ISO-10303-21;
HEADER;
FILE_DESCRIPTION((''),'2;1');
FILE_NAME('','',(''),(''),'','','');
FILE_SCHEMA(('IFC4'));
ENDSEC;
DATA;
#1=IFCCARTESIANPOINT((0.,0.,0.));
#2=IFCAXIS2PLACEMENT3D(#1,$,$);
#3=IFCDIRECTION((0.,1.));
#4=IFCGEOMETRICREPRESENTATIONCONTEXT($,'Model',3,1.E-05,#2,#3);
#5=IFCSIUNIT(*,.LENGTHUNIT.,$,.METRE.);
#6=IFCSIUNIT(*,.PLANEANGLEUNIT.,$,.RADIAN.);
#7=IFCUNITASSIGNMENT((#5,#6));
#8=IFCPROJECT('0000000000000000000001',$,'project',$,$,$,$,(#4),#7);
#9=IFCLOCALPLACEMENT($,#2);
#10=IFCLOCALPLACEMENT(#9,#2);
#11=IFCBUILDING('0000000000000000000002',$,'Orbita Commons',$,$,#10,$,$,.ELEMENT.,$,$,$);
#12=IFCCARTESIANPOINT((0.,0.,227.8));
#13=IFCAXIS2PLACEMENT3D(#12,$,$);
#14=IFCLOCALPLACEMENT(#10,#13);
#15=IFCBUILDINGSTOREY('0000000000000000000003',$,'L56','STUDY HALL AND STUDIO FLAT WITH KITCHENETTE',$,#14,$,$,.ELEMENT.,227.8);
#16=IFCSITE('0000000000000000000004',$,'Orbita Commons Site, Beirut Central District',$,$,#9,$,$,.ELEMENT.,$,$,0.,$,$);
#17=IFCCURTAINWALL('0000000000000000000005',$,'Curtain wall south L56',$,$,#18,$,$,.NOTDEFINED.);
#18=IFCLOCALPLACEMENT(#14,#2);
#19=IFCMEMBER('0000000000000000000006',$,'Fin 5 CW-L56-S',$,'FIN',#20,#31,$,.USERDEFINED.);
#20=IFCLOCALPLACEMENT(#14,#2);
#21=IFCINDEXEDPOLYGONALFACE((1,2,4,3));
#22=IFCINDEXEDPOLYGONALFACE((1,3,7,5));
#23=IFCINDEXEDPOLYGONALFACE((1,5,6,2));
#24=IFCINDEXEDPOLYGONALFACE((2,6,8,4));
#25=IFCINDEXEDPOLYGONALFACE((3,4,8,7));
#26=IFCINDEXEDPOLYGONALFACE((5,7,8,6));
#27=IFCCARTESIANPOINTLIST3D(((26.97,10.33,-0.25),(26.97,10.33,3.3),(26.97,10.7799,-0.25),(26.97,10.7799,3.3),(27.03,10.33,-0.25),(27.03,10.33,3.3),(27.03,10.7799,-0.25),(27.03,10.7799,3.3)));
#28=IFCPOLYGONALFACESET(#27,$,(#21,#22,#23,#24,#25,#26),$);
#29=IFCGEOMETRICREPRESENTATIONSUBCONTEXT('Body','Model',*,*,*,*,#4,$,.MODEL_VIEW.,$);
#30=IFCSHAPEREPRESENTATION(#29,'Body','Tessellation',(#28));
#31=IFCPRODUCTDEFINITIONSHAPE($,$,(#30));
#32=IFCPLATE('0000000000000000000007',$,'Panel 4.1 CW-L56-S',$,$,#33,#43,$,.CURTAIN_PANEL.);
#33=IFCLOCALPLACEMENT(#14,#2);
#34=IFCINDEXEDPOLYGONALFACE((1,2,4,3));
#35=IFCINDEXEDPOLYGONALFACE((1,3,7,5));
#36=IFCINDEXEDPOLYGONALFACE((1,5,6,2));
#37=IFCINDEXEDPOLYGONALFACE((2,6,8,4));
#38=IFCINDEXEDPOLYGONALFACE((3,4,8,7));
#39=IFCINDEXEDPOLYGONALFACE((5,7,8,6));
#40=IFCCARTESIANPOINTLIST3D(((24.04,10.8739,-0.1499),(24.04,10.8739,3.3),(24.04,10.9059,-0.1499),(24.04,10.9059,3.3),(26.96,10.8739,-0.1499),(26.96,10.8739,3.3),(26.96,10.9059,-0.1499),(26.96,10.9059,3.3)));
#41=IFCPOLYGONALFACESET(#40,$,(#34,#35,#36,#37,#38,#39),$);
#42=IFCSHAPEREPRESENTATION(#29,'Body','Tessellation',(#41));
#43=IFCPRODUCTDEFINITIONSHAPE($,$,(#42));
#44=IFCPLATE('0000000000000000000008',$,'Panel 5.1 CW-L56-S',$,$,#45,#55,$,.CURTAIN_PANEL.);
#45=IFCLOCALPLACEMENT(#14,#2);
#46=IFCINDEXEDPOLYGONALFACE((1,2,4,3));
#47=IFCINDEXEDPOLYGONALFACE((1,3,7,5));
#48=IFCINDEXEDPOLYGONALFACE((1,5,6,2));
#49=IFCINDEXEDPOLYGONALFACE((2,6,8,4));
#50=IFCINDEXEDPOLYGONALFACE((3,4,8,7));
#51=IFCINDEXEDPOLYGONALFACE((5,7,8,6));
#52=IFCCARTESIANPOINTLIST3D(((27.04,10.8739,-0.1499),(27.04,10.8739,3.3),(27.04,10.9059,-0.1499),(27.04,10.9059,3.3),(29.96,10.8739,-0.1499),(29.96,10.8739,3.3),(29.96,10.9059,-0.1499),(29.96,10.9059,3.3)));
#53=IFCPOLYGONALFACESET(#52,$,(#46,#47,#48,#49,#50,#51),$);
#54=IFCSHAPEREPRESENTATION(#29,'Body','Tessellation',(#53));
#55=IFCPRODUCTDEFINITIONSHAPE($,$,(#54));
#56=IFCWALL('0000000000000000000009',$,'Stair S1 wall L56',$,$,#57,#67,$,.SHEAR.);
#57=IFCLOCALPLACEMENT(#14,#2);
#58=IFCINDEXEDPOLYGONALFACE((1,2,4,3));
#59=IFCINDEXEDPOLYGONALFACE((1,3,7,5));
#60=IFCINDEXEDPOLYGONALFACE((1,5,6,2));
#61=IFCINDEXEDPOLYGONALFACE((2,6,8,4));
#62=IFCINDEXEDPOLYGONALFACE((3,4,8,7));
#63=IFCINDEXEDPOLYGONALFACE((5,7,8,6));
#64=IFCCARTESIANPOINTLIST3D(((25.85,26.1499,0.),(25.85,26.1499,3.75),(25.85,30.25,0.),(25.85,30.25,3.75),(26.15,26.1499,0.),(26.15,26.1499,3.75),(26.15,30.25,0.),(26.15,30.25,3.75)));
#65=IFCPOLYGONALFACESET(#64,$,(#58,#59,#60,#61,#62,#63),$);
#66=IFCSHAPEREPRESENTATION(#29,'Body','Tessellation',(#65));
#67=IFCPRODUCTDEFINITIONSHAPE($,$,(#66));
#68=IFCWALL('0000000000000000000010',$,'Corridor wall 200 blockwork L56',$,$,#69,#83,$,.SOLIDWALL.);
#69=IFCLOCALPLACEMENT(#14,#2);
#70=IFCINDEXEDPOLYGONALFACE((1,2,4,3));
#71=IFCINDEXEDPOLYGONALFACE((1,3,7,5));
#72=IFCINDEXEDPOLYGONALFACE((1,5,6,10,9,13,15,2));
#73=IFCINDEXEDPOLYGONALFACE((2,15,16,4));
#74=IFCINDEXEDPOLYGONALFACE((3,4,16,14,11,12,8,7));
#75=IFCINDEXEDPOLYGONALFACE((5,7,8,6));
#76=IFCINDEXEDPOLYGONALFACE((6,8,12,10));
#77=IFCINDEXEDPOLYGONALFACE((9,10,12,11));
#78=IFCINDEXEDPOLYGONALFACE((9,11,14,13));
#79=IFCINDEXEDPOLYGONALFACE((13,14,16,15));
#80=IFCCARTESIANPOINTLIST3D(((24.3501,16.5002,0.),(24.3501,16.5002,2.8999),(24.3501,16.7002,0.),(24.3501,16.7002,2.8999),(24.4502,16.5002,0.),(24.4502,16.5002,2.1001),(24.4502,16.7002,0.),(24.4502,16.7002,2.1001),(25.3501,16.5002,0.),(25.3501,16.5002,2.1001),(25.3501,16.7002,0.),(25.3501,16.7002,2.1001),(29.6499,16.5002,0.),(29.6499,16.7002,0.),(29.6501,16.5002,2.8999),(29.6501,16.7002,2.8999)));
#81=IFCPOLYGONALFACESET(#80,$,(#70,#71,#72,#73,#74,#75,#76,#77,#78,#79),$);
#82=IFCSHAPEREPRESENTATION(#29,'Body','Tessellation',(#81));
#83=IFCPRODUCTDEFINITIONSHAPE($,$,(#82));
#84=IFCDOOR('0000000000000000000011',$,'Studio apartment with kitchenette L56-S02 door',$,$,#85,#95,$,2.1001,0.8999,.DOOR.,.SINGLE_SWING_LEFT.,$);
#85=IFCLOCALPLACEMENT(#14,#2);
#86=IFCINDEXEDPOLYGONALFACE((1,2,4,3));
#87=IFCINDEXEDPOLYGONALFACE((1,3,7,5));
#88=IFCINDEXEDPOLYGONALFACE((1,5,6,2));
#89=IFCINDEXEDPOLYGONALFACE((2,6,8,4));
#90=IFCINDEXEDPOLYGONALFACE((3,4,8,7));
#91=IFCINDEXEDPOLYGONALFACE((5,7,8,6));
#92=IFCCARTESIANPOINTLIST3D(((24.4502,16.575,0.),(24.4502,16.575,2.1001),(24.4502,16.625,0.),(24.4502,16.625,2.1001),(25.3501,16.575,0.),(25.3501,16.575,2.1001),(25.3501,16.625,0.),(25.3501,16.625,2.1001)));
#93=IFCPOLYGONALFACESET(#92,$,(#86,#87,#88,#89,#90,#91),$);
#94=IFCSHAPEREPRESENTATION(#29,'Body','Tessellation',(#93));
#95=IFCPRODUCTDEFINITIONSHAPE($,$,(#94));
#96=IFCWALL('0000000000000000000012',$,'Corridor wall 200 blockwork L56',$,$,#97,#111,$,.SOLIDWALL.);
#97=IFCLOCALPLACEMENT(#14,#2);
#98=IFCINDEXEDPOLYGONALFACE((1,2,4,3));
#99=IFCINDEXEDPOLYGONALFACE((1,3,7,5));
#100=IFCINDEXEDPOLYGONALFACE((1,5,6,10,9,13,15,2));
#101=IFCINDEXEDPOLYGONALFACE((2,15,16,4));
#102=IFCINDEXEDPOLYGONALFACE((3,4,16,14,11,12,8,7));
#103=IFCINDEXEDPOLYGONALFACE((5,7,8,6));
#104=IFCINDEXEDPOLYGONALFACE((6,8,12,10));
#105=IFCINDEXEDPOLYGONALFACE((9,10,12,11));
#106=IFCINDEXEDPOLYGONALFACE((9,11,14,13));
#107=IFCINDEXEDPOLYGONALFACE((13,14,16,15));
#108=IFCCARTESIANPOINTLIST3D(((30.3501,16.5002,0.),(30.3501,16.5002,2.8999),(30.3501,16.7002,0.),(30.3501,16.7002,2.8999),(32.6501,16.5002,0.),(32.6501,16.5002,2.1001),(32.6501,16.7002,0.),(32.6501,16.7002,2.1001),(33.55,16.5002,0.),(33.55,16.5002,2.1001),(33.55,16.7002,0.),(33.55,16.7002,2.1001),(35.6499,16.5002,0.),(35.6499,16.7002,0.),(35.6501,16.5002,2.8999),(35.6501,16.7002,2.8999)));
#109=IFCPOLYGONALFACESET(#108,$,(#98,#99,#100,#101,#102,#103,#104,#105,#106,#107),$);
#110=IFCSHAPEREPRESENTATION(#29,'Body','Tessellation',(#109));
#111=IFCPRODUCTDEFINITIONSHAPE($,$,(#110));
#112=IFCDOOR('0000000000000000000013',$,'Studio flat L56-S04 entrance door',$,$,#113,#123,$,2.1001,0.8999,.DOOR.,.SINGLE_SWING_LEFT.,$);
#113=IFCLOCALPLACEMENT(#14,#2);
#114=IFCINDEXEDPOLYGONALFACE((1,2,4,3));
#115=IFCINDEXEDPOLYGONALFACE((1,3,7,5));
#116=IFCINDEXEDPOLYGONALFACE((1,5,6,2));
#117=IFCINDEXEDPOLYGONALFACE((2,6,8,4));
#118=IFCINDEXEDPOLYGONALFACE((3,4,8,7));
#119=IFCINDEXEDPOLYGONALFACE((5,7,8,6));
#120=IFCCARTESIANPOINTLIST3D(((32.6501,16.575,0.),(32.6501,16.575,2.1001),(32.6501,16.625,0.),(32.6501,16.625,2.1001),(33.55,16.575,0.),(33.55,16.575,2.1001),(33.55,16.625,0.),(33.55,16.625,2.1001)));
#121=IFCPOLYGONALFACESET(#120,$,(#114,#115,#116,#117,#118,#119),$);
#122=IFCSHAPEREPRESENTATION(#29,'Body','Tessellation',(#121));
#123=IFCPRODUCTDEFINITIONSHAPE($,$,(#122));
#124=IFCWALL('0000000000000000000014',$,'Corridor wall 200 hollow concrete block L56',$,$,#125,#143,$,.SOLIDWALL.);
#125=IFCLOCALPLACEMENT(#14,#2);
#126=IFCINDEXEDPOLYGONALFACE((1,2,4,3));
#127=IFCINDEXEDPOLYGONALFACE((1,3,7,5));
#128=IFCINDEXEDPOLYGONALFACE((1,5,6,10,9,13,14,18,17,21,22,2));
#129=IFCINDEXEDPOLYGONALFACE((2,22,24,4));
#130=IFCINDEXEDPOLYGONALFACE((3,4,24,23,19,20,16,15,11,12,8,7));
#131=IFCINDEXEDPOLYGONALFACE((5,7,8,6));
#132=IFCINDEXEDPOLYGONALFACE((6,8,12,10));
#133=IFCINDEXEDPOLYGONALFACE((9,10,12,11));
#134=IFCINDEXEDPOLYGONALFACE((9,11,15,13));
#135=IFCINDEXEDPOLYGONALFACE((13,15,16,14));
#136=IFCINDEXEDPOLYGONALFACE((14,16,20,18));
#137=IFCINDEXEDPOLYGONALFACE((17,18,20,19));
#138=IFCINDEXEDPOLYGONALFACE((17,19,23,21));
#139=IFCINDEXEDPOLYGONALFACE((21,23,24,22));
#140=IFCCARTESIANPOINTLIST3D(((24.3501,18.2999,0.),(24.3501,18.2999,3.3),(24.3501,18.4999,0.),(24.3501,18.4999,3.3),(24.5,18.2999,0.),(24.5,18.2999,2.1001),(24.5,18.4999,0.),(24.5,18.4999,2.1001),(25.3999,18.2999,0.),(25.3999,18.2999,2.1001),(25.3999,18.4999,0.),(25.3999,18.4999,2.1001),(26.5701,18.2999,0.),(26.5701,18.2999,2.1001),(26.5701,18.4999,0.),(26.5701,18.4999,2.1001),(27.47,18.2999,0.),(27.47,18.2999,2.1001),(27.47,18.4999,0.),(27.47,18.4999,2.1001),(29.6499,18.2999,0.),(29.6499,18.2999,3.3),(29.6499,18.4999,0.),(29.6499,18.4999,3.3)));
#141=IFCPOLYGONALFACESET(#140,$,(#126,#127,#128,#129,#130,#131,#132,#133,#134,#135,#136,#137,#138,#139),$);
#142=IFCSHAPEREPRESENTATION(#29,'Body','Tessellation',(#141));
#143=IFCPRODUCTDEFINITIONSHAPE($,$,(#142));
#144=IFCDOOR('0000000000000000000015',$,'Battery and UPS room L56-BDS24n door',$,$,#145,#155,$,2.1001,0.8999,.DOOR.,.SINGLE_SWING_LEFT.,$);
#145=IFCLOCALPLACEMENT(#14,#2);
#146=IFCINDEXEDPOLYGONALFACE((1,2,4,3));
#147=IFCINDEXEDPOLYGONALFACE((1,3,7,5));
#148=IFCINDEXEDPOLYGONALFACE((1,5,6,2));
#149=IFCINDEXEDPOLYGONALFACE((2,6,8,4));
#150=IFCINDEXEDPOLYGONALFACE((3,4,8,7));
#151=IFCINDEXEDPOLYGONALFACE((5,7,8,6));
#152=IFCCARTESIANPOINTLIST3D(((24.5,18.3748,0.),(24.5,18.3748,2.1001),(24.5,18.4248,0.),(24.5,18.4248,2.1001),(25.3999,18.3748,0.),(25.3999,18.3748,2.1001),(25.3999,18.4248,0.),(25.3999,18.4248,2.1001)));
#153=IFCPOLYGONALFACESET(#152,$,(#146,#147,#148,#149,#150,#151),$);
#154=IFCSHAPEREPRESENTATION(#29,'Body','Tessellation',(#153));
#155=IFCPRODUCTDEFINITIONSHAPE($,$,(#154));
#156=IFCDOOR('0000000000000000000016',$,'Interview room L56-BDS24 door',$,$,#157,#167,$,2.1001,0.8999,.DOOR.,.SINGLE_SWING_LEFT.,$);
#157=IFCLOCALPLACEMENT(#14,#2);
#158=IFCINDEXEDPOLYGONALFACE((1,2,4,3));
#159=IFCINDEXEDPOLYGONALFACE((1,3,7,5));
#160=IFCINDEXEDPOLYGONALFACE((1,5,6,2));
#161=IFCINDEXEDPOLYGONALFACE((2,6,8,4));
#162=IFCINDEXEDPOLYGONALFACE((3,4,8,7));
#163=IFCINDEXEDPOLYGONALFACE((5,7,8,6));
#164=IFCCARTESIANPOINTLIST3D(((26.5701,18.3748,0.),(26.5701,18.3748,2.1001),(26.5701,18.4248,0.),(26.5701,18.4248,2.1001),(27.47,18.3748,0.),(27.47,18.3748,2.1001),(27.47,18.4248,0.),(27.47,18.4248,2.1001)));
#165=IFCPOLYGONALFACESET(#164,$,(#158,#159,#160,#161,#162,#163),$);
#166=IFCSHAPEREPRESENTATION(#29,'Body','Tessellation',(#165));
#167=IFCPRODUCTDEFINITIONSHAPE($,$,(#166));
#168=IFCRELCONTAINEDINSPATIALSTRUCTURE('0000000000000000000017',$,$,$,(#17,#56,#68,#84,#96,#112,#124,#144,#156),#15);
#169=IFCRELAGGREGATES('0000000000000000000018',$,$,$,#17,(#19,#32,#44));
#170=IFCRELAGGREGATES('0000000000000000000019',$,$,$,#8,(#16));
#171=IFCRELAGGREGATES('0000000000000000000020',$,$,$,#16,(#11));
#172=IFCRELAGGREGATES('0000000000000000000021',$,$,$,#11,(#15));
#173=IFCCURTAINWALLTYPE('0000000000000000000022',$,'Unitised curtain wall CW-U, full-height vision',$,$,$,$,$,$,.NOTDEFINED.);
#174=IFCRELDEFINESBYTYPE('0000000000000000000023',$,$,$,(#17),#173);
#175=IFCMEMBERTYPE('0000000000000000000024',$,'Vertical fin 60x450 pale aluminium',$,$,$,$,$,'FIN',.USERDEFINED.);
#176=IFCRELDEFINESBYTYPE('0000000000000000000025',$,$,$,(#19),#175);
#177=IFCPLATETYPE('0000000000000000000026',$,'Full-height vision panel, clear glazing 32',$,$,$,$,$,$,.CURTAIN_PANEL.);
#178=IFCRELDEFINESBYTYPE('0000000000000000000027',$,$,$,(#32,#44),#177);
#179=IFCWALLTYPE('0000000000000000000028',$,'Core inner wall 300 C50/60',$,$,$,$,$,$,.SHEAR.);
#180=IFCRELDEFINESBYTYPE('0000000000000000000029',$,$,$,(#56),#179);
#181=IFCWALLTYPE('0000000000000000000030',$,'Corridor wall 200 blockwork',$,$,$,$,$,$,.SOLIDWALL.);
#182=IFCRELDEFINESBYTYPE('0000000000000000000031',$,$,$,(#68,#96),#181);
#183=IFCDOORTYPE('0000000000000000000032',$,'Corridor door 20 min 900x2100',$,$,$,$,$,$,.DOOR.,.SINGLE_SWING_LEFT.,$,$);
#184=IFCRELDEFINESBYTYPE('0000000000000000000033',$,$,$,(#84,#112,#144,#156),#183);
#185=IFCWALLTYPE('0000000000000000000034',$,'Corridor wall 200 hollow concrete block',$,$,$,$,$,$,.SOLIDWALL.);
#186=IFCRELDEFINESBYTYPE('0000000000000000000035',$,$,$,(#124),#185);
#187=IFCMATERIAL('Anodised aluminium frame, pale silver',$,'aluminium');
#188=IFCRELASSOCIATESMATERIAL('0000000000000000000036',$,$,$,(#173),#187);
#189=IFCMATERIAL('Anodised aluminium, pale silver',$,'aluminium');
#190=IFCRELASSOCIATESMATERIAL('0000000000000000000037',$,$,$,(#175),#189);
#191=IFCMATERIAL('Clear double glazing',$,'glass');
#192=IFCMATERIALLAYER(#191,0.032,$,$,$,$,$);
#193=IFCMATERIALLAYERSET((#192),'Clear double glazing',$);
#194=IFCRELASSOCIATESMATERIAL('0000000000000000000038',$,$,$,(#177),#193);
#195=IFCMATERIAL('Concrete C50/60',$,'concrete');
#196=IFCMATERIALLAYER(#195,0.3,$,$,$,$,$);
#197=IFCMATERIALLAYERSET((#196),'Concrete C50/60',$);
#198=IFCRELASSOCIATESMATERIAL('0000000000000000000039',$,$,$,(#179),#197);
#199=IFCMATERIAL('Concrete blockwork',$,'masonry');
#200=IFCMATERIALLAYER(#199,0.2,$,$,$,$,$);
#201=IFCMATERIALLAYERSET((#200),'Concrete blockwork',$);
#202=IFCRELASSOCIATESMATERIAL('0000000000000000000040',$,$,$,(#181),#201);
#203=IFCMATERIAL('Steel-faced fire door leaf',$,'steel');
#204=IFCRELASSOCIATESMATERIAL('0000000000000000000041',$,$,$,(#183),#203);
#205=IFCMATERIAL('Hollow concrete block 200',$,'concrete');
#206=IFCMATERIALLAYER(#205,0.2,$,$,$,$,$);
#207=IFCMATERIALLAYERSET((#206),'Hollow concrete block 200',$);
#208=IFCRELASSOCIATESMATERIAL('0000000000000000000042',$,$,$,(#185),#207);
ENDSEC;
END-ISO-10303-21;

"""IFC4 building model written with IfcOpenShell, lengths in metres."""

from ifc_helpers import new_model, si_unit, direction, frame, frame_2d, origin, origin_2d, place, context, subcontext, project, spatial, polyline, rectangle, outline, extrude, material, layer, layer_set, material_profile, profile_set, type_object, element, fill, aggregate, save


model = new_model("IFC4")

# Units and contexts
model_context = context("Model", 3, precision=1e-05, world=origin(), true_north=direction((0.0, 1.0)))
body_context = subcontext(model_context, "Body", "Model", "MODEL_VIEW")
ifc_project = project(units=[si_unit("LENGTHUNIT", "METRE"), si_unit("PLANEANGLEUNIT", "RADIAN")], contexts=[model_context])

# Site, building, storey
site_placement = place(None, origin())
site = spatial("IfcSite", under=ifc_project, at=site_placement, Name="Orbita Commons Site, Beirut Central District", CompositionType="ELEMENT", RefElevation=0.0)
building_placement = place(site_placement, origin())
building = spatial("IfcBuilding", under=site, at=building_placement, Name="Orbita Commons", CompositionType="ELEMENT")
storey_placement = place(building_placement, frame((0.0, 0.0, 227.8)))
storey = spatial("IfcBuildingStorey", under=building, at=storey_placement, Name="L56", Description="STUDY HALL AND STUDIO FLAT WITH KITCHENETTE", CompositionType="ELEMENT", Elevation=227.8)

# Curtain wall
ifc_material_1 = material(Name="Anodised aluminium frame, pale silver", Category="aluminium")
curtain_wall_type = type_object("IfcCurtainWallType", Name="Unitised curtain wall CW-U, full-height vision", PredefinedType="NOTDEFINED", material=ifc_material_1)
curtain_wall_placement = place(storey_placement, origin())
curtain_wall = element("IfcCurtainWall", 1, at=curtain_wall_placement, inside=storey, type_object=curtain_wall_type, Name="Curtain wall south L56", PredefinedType="NOTDEFINED")

# Member
ifc_material_2 = material(Name="Anodised aluminium, pale silver", Category="aluminium")
ifc_material_profile_1 = material_profile(ifc_material_2, rectangle(XDim=0.0601, YDim=0.45, at=origin_2d()), Name="FIN 60x450")
ifc_profile_set_1 = profile_set([ifc_material_profile_1], Name="Anodised aluminium, pale silver")
member_type_1 = type_object("IfcMemberType", Name="Vertical fin 60x450 pale aluminium", ElementType="FIN", PredefinedType="USERDEFINED", material=ifc_profile_set_1)
member_1_placement = place(storey_placement, frame((27.0, 10.5549, -0.25), z_axis=(0.0, 0.0, 1.0), x_axis=(1.0, 0.0, 0.0)))
member_1 = element("IfcMember", 2, at=member_1_placement, type_object=member_type_1, Name="Fin 5 CW-L56-S", ObjectType="FIN", PredefinedType="USERDEFINED", context=body_context, shape_type="SweptSolid", body=[
    extrude(rectangle(XDim=0.0601, YDim=0.45, at=origin_2d()), origin(), (0.0, 0.0, 1.0), 3.55),
])

# Plates
ifc_material_3 = material(Name="Clear double glazing", Category="glass")
ifc_layer_1 = layer(ifc_material_3, 0.032)
ifc_layer_set_1 = layer_set([ifc_layer_1], Name="Clear double glazing")
plate_type = type_object("IfcPlateType", Name="Full-height vision panel, clear glazing 32", PredefinedType="CURTAIN_PANEL", material=ifc_layer_set_1)
plate_1_placement = place(storey_placement, frame((25.5, 10.8899, -0.1499), z_axis=(0.0, 0.0, 1.0), x_axis=(1.0, 0.0, 0.0)))
plate_1 = element("IfcPlate", 3, at=plate_1_placement, type_object=plate_type, Name="Panel 4.1 CW-L56-S", PredefinedType="CURTAIN_PANEL", context=body_context, shape_type="SweptSolid", body=[
    extrude(rectangle(XDim=2.9199, YDim=0.032, at=origin_2d()), origin(), (0.0, 0.0, 1.0), 3.45),
])
plate_2_placement = place(storey_placement, frame((28.5, 10.8899, -0.1499), z_axis=(0.0, 0.0, 1.0), x_axis=(1.0, 0.0, 0.0)))
plate_2 = element("IfcPlate", 4, at=plate_2_placement, type_object=plate_type, Name="Panel 5.1 CW-L56-S", PredefinedType="CURTAIN_PANEL", context=body_context, shape_type="SweptSolid", body=[
    extrude(rectangle(XDim=2.9199, YDim=0.032, at=origin_2d()), origin(), (0.0, 0.0, 1.0), 3.45),
])
aggregate(curtain_wall, [member_1, plate_1, plate_2])

# Wall
ifc_material_4 = material(Name="Concrete C50/60", Category="concrete")
ifc_layer_2 = layer(ifc_material_4, 0.3)
ifc_layer_set_2 = layer_set([ifc_layer_2], Name="Concrete C50/60")
wall_type_1 = type_object("IfcWallType", Name="Core inner wall 300 C50/60", PredefinedType="SHEAR", material=ifc_layer_set_2)
wall_1_placement = place(storey_placement, frame((26.0, 26.1499, 0.0), z_axis=(0.0, 0.0, 1.0), x_axis=(0.0, 1.0, 0.0)))
element("IfcWall", 5, at=wall_1_placement, inside=storey, type_object=wall_type_1, Name="Stair S1 wall L56", PredefinedType="SHEAR", context=body_context, shape_type="SweptSolid", body=[
    extrude(rectangle(XDim=4.1001, YDim=0.3, at=frame_2d((2.05, 0.0))), origin(), (0.0, 0.0, 1.0), 3.75),
])

# Walls, openings, doors
ifc_material_5 = material(Name="Concrete blockwork", Category="masonry")
ifc_layer_3 = layer(ifc_material_5, 0.2)
ifc_layer_set_3 = layer_set([ifc_layer_3], Name="Concrete blockwork")
wall_type_2 = type_object("IfcWallType", Name="Corridor wall 200 blockwork", PredefinedType="SOLIDWALL", material=ifc_layer_set_3)
wall_2_placement = place(storey_placement, frame((24.3501, 16.6001, 0.0), z_axis=(0.0, 0.0, 1.0), x_axis=(1.0, 0.0, 0.0)))
wall_2 = element("IfcWall", 6, at=wall_2_placement, inside=storey, type_object=wall_type_2, Name="Corridor wall 200 blockwork L56", PredefinedType="SOLIDWALL", context=body_context, shape_type="SweptSolid", body=[
    extrude(outline(polyline([(0.0, 0.0), (5.2998, 0.0), (5.3, 2.8999), (0.0, 2.8999), (0.0, 0.0)])), frame((0.0, 0.1001, 0.0), z_axis=(0.0, -1.0, 0.0), x_axis=(1.0, 0.0, 0.0)), (0.0, 0.0, 1.0), 0.2),
])
opening_1_placement = place(wall_2_placement, frame((0.1001, 0.0, 0.0)))
opening_1 = element("IfcOpeningElement", 7, at=opening_1_placement, cuts=wall_2, PredefinedType="OPENING", context=body_context, shape_type="SweptSolid", body=[
    extrude(rectangle(XDim=0.8999, YDim=2.1001, at=frame_2d((0.45, 1.05))), frame((0.0, 0.1099, 0.0), z_axis=(0.0, -1.0, 0.0), x_axis=(1.0, 0.0, 0.0)), (0.0, 0.0, 1.0), 0.22),
])
ifc_material_6 = material(Name="Steel-faced fire door leaf", Category="steel")
door_type_1 = type_object("IfcDoorType", Name="Corridor door 20 min 900x2100", OperationType="SINGLE_SWING_LEFT", PredefinedType="DOOR", material=ifc_material_6)
door_1_placement = place(opening_1_placement, origin())
door_1 = element("IfcDoor", 8, at=door_1_placement, inside=storey, type_object=door_type_1, Name="Studio apartment with kitchenette L56-S02 door", OperationType="SINGLE_SWING_LEFT", OverallHeight=2.1001, OverallWidth=0.8999, PredefinedType="DOOR", context=body_context, shape_type="SweptSolid", body=[
    extrude(rectangle(XDim=0.8999, YDim=2.1001, at=frame_2d((0.45, 1.05))), frame((0.0, 0.0249, 0.0), z_axis=(0.0, -1.0, 0.0), x_axis=(1.0, 0.0, 0.0)), (0.0, 0.0, 1.0), 0.05),
])
fill(opening_1, door_1)
wall_3_placement = place(storey_placement, frame((30.3501, 16.6001, 0.0), z_axis=(0.0, 0.0, 1.0), x_axis=(1.0, 0.0, 0.0)))
wall_3 = element("IfcWall", 9, at=wall_3_placement, inside=storey, type_object=wall_type_2, Name="Corridor wall 200 blockwork L56", PredefinedType="SOLIDWALL", context=body_context, shape_type="SweptSolid", body=[
    extrude(outline(polyline([(0.0, 0.0), (5.2998, 0.0), (5.3, 2.8999), (0.0, 2.8999), (0.0, 0.0)])), frame((0.0, 0.1001, 0.0), z_axis=(0.0, -1.0, 0.0), x_axis=(1.0, 0.0, 0.0)), (0.0, 0.0, 1.0), 0.2),
])
opening_2_placement = place(wall_3_placement, frame((2.3, 0.0, 0.0)))
opening_2 = element("IfcOpeningElement", 10, at=opening_2_placement, cuts=wall_3, PredefinedType="OPENING", context=body_context, shape_type="SweptSolid", body=[
    extrude(rectangle(XDim=0.8999, YDim=2.1001, at=frame_2d((0.45, 1.05))), frame((0.0, 0.1099, 0.0), z_axis=(0.0, -1.0, 0.0), x_axis=(1.0, 0.0, 0.0)), (0.0, 0.0, 1.0), 0.22),
])
door_2_placement = place(opening_2_placement, origin())
door_2 = element("IfcDoor", 11, at=door_2_placement, inside=storey, type_object=door_type_1, Name="Studio flat L56-S04 entrance door", OperationType="SINGLE_SWING_LEFT", OverallHeight=2.1001, OverallWidth=0.8999, PredefinedType="DOOR", context=body_context, shape_type="SweptSolid", body=[
    extrude(rectangle(XDim=0.8999, YDim=2.1001, at=frame_2d((0.45, 1.05))), frame((0.0, 0.0249, 0.0), z_axis=(0.0, -1.0, 0.0), x_axis=(1.0, 0.0, 0.0)), (0.0, 0.0, 1.0), 0.05),
])
fill(opening_2, door_2)

# Wall, openings, doors
ifc_material_7 = material(Name="Hollow concrete block 200", Category="concrete")
ifc_layer_4 = layer(ifc_material_7, 0.2)
ifc_layer_set_4 = layer_set([ifc_layer_4], Name="Hollow concrete block 200")
wall_type_3 = type_object("IfcWallType", Name="Corridor wall 200 hollow concrete block", PredefinedType="SOLIDWALL", material=ifc_layer_set_4)
wall_4_placement = place(storey_placement, frame((24.3501, 18.3999, 0.0), z_axis=(0.0, 0.0, 1.0), x_axis=(1.0, 0.0, 0.0)))
wall_4 = element("IfcWall", 12, at=wall_4_placement, inside=storey, type_object=wall_type_3, Name="Corridor wall 200 hollow concrete block L56", PredefinedType="SOLIDWALL", context=body_context, shape_type="SweptSolid", body=[
    extrude(rectangle(XDim=5.2998, YDim=0.2, at=frame_2d((2.6499, 0.0))), origin(), (0.0, 0.0, 1.0), 3.3),
])
opening_3_placement = place(wall_4_placement, frame((0.1499, 0.0, 0.0)))
opening_3 = element("IfcOpeningElement", 13, at=opening_3_placement, cuts=wall_4, PredefinedType="OPENING", context=body_context, shape_type="SweptSolid", body=[
    extrude(rectangle(XDim=0.8999, YDim=2.1001, at=frame_2d((0.45, 1.05))), frame((0.0, 0.1099, 0.0), z_axis=(0.0, -1.0, 0.0), x_axis=(1.0, 0.0, 0.0)), (0.0, 0.0, 1.0), 0.22),
])
opening_4_placement = place(wall_4_placement, frame((2.22, 0.0, 0.0)))
opening_4 = element("IfcOpeningElement", 14, at=opening_4_placement, cuts=wall_4, PredefinedType="OPENING", context=body_context, shape_type="SweptSolid", body=[
    extrude(rectangle(XDim=0.8999, YDim=2.1001, at=frame_2d((0.45, 1.05))), frame((0.0, 0.1099, 0.0), z_axis=(0.0, -1.0, 0.0), x_axis=(1.0, 0.0, 0.0)), (0.0, 0.0, 1.0), 0.22),
])
door_3_placement = place(opening_3_placement, origin())
door_3 = element("IfcDoor", 15, at=door_3_placement, inside=storey, type_object=door_type_1, Name="Battery and UPS room L56-BDS24n door", OperationType="SINGLE_SWING_LEFT", OverallHeight=2.1001, OverallWidth=0.8999, PredefinedType="DOOR", context=body_context, shape_type="SweptSolid", body=[
    extrude(rectangle(XDim=0.8999, YDim=2.1001, at=frame_2d((0.45, 1.05))), frame((0.0, 0.0249, 0.0), z_axis=(0.0, -1.0, 0.0), x_axis=(1.0, 0.0, 0.0)), (0.0, 0.0, 1.0), 0.05),
])
fill(opening_3, door_3)
door_4_placement = place(opening_4_placement, origin())
door_4 = element("IfcDoor", 16, at=door_4_placement, inside=storey, type_object=door_type_1, Name="Interview room L56-BDS24 door", OperationType="SINGLE_SWING_LEFT", OverallHeight=2.1001, OverallWidth=0.8999, PredefinedType="DOOR", context=body_context, shape_type="SweptSolid", body=[
    extrude(rectangle(XDim=0.8999, YDim=2.1001, at=frame_2d((0.45, 1.05))), frame((0.0, 0.0249, 0.0), z_axis=(0.0, -1.0, 0.0), x_axis=(1.0, 0.0, 0.0)), (0.0, 0.0, 1.0), 0.05),
])
fill(opening_4, door_4)

save(model, "model.ifc")
